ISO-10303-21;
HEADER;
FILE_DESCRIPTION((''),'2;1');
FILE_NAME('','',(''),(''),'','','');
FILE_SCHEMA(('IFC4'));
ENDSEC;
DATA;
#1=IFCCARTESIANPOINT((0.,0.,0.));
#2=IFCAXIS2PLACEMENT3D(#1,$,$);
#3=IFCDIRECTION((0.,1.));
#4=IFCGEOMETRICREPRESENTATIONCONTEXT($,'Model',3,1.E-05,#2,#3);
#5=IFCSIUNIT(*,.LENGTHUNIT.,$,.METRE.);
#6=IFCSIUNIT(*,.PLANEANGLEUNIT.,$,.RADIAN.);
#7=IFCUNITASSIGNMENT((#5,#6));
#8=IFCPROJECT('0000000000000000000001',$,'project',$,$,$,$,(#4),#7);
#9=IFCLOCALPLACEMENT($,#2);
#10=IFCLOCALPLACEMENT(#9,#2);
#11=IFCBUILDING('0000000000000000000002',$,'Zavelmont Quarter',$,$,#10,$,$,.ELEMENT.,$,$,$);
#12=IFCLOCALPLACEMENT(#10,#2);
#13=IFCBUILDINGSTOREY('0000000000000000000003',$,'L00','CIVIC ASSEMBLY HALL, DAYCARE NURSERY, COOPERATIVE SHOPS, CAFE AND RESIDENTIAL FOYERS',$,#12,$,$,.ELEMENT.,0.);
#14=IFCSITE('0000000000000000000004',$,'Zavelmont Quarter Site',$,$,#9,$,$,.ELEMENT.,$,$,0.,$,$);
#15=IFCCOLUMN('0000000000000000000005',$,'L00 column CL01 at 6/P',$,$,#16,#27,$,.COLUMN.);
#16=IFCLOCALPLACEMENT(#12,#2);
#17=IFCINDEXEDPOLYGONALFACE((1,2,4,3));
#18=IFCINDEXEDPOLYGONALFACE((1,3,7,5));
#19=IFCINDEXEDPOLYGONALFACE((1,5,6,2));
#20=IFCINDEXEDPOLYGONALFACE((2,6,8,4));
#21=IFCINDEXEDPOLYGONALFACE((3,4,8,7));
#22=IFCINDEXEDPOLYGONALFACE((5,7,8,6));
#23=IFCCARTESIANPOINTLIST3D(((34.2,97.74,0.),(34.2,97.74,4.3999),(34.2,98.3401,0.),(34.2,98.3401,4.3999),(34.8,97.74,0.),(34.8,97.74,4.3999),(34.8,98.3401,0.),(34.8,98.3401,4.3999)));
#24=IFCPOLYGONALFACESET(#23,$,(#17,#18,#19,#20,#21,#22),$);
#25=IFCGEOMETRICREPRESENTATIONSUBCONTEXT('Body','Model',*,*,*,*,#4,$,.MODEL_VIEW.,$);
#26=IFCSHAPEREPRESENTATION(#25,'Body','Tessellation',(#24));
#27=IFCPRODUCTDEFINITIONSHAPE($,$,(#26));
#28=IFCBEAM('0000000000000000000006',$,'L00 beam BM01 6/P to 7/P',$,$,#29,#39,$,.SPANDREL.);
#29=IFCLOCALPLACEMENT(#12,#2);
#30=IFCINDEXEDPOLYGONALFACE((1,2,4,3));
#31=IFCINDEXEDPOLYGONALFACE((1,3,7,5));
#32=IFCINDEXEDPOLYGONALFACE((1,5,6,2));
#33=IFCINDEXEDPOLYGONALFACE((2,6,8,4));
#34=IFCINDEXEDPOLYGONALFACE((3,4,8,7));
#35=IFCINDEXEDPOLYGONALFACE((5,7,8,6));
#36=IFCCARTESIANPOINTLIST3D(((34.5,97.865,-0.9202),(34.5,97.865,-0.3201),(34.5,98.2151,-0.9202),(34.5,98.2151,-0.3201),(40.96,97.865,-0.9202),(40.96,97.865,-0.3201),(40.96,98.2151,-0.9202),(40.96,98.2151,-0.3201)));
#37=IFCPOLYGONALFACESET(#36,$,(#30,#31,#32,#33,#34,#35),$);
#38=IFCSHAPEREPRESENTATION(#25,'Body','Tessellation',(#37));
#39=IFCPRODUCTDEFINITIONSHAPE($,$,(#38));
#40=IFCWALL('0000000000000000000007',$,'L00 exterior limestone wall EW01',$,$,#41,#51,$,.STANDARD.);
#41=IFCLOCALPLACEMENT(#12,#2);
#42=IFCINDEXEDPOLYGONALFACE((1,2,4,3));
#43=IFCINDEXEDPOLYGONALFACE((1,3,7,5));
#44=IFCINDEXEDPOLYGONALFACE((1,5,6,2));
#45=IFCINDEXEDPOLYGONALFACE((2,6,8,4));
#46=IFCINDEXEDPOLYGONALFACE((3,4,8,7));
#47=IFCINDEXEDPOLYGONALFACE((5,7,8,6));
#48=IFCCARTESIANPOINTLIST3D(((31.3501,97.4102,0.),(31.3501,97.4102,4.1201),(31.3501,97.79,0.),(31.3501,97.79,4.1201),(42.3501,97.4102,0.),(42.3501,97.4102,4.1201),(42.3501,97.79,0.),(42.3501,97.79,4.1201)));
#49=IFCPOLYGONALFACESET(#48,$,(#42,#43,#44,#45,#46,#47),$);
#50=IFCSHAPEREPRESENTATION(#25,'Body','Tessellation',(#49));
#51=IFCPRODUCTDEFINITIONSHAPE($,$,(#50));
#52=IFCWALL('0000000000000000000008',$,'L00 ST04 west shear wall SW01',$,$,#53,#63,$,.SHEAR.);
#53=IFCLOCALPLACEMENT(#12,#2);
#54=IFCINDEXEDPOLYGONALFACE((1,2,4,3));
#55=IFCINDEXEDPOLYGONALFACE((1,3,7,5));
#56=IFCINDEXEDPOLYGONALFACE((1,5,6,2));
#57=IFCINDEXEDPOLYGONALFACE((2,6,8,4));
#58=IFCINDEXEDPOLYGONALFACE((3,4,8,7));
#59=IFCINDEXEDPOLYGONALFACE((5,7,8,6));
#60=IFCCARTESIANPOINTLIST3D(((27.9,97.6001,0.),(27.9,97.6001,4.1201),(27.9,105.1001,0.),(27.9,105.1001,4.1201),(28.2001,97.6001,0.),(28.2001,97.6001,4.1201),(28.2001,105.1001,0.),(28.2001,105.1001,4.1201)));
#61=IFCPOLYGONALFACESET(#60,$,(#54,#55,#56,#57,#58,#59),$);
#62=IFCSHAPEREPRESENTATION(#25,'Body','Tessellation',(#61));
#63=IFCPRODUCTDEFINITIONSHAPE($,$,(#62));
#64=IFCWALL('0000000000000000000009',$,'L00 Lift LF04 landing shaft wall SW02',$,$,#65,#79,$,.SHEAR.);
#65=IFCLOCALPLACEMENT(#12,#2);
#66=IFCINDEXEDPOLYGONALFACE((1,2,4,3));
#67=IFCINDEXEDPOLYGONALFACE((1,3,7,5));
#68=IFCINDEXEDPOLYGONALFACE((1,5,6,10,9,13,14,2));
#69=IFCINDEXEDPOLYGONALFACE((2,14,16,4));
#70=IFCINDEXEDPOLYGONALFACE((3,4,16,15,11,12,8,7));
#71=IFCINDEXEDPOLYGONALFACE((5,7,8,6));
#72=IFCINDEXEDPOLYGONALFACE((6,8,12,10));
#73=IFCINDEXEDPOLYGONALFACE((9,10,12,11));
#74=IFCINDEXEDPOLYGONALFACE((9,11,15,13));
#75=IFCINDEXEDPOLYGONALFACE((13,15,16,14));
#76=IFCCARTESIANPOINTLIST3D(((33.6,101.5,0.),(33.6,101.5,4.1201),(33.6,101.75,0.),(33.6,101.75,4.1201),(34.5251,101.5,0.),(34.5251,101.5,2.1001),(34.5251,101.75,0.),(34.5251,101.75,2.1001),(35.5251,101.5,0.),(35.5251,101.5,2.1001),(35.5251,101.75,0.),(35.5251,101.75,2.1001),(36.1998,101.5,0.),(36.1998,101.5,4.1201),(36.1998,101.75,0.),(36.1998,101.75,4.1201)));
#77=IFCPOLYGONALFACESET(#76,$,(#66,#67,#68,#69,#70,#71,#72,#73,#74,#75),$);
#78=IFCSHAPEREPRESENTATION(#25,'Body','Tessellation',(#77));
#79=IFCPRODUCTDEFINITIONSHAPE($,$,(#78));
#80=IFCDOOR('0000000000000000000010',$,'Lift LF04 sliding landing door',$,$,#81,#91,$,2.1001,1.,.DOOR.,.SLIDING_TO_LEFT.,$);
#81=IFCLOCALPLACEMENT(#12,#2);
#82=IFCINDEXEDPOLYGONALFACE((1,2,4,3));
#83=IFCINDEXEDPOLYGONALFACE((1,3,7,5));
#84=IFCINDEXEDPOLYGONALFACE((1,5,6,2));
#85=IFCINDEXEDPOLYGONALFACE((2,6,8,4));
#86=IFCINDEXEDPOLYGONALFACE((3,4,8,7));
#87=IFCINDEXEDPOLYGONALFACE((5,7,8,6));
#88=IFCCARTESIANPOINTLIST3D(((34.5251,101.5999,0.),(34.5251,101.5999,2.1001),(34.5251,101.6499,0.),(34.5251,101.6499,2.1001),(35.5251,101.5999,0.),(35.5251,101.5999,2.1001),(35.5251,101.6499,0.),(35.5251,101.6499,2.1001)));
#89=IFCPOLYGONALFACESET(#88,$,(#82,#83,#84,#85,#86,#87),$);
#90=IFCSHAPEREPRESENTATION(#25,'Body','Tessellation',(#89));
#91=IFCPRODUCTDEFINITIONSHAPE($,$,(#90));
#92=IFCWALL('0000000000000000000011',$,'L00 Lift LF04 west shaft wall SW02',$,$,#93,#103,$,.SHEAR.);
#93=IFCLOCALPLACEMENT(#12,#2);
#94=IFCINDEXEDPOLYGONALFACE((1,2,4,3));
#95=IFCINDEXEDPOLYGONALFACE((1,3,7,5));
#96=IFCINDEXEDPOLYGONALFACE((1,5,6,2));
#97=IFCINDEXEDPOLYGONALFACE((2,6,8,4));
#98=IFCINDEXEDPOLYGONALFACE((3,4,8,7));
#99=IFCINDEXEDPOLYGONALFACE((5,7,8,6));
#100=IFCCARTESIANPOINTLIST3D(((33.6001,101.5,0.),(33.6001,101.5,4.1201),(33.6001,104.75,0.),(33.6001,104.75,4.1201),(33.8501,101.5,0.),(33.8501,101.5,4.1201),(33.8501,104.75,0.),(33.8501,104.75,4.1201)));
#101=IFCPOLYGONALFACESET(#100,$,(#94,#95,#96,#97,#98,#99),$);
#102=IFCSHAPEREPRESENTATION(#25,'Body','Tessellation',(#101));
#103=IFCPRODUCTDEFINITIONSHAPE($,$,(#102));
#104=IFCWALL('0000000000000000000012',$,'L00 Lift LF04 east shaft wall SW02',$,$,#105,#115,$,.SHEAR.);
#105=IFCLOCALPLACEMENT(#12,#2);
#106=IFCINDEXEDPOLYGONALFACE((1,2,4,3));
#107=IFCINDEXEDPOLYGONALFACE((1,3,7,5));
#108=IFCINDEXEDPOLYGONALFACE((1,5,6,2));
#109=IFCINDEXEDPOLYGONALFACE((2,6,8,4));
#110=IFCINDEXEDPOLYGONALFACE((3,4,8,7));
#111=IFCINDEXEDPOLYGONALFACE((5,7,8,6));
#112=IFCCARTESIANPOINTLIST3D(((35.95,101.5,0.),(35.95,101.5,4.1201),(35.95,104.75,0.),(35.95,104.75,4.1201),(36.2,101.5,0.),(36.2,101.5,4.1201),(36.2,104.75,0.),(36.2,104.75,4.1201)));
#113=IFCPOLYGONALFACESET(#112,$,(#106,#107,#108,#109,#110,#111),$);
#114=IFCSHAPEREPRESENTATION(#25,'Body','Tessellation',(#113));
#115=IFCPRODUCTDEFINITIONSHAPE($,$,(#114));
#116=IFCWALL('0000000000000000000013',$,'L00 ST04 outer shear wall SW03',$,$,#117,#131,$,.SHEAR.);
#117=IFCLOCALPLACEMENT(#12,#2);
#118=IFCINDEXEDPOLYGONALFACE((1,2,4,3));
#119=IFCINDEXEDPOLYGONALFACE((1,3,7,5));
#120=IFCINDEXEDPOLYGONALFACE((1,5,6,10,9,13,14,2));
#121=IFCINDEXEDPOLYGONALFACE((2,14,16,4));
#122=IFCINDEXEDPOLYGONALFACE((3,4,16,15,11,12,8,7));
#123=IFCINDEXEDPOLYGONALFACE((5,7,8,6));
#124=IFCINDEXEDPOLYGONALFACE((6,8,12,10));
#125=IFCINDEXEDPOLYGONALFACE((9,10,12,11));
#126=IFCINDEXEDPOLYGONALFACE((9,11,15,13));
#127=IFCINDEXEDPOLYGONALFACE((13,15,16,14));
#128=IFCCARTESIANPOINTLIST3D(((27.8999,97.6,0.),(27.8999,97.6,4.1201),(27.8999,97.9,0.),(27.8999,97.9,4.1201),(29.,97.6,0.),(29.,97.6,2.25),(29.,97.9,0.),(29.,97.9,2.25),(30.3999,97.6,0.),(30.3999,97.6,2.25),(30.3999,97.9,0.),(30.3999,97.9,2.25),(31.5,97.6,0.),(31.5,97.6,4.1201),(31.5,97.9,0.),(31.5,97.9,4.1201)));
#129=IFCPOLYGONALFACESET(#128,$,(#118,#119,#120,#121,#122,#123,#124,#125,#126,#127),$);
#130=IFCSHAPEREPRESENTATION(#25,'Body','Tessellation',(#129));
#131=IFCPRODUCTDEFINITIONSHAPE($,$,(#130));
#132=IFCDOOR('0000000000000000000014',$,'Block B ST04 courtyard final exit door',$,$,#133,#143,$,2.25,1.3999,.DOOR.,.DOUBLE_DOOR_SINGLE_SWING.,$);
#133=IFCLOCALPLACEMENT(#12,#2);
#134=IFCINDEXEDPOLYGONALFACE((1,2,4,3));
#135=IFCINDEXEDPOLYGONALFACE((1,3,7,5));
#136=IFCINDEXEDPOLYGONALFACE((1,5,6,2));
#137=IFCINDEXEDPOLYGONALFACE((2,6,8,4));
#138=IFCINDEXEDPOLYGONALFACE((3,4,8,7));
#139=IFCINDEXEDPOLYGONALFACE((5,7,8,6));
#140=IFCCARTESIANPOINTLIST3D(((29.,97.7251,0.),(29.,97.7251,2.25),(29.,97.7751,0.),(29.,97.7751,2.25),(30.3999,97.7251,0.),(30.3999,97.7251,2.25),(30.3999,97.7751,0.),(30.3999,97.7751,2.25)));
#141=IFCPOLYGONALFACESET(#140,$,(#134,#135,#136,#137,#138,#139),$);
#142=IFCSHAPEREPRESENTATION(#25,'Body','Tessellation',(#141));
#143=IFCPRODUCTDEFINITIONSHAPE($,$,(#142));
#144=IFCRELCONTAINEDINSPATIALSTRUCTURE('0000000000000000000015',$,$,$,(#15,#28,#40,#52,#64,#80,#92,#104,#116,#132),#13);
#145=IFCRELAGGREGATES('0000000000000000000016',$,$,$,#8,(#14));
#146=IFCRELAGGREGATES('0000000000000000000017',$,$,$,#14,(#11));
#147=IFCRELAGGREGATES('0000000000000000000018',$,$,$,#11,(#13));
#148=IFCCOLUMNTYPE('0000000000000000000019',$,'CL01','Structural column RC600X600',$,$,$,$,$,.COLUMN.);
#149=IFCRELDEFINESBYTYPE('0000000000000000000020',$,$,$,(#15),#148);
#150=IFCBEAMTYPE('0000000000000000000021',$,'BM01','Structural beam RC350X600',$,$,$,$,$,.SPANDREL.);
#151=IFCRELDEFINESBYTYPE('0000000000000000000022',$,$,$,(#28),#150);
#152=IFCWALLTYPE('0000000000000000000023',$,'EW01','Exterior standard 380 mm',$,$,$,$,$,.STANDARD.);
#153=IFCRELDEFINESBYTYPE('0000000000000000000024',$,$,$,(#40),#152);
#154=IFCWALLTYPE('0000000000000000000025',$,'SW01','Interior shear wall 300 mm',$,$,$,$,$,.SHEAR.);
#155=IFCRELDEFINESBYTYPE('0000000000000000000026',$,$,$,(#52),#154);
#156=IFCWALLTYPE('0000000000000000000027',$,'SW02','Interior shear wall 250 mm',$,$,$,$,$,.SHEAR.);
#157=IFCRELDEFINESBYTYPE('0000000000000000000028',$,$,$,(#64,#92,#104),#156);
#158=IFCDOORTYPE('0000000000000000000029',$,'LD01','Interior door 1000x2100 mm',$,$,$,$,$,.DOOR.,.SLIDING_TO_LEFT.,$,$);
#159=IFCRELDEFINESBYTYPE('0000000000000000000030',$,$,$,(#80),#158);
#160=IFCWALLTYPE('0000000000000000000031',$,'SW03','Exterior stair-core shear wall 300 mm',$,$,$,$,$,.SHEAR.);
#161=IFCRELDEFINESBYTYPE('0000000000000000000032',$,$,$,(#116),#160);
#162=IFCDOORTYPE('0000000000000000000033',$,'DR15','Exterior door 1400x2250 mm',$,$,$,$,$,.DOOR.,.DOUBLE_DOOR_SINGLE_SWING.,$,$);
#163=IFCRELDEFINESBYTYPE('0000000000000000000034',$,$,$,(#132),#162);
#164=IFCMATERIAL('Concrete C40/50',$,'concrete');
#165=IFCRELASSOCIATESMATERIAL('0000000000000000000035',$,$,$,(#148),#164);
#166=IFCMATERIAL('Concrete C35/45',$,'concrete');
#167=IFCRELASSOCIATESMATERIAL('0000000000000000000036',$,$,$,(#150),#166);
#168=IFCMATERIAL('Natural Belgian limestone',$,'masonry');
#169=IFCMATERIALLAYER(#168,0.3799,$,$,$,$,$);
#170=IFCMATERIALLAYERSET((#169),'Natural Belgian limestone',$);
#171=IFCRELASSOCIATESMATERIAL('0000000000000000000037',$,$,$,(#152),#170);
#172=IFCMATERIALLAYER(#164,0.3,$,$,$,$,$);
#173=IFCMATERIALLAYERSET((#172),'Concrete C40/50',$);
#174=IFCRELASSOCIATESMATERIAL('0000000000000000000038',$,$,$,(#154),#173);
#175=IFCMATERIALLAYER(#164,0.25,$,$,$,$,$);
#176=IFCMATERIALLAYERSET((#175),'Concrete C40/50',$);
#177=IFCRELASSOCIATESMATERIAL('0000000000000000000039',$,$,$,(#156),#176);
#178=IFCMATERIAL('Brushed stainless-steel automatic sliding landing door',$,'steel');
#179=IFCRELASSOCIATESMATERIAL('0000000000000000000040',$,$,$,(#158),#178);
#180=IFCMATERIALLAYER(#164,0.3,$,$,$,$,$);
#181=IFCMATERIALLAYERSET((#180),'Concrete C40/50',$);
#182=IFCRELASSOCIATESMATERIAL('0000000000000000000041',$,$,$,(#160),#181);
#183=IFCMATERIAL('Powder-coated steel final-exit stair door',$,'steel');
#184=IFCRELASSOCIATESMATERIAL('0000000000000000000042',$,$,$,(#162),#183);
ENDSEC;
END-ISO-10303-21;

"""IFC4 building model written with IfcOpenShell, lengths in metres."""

from ifc_helpers import new_model, si_unit, direction, frame, frame_2d, origin, origin_with_axes, origin_2d, place, context, subcontext, project, spatial, rectangle, extrude, material, layer, layer_set, material_profile, profile_set, type_object, element, fill, save


model = new_model("IFC4")

# Units and contexts
model_context = context("Model", 3, precision=1e-05, world=origin(), true_north=direction((0.0, 1.0)))
body_context = subcontext(model_context, "Body", "Model", "MODEL_VIEW")
ifc_project = project(units=[si_unit("LENGTHUNIT", "METRE"), si_unit("PLANEANGLEUNIT", "RADIAN")], contexts=[model_context])

# Site, building, storey
site_placement = place(None, origin())
site = spatial("IfcSite", under=ifc_project, at=site_placement, Name="Zavelmont Quarter Site", CompositionType="ELEMENT", RefElevation=0.0)
building_placement = place(site_placement, origin())
building = spatial("IfcBuilding", under=site, at=building_placement, Name="Zavelmont Quarter", CompositionType="ELEMENT")
storey_placement = place(building_placement, origin())
storey = spatial("IfcBuildingStorey", under=building, at=storey_placement, Name="L00", Description="CIVIC ASSEMBLY HALL, DAYCARE NURSERY, COOPERATIVE SHOPS, CAFE AND RESIDENTIAL FOYERS", CompositionType="ELEMENT", Elevation=0.0)

# Column
ifc_material_1 = material(Name="Concrete C40/50", Category="concrete")
ifc_material_profile_1 = material_profile(ifc_material_1, rectangle(XDim=0.6001, YDim=0.6001, at=origin_2d()), Name="RC600X600")
ifc_profile_set_1 = profile_set([ifc_material_profile_1], Name="Concrete C40/50")
column_type = type_object("IfcColumnType", Name="CL01", Description="Structural column RC600X600", PredefinedType="COLUMN", material=ifc_profile_set_1)
column_placement = place(storey_placement, frame((34.5, 98.04, 0.0), z_axis=(0.0, 0.0, 1.0), x_axis=(1.0, 0.0, 0.0)))
element("IfcColumn", 1, at=column_placement, inside=storey, type_object=column_type, Name="L00 column CL01 at 6/P", PredefinedType="COLUMN", context=body_context, shape_type="SweptSolid", body=[
    extrude(rectangle(XDim=0.6001, YDim=0.6001, at=origin_2d()), origin(), (0.0, 0.0, 1.0), 4.3999),
])

# Beam
ifc_material_2 = material(Name="Concrete C35/45", Category="concrete")
ifc_material_profile_2 = material_profile(ifc_material_2, rectangle(XDim=0.3501, YDim=0.6001, at=origin_2d()), Name="RC350X600")
ifc_profile_set_2 = profile_set([ifc_material_profile_2], Name="Concrete C35/45")
beam_type = type_object("IfcBeamType", Name="BM01", Description="Structural beam RC350X600", PredefinedType="SPANDREL", material=ifc_profile_set_2)
beam_placement = place(storey_placement, frame((34.5, 98.04, -0.6201), z_axis=(1.0, 0.0, 0.0), x_axis=(0.0, 1.0, 0.0)))
element("IfcBeam", 2, at=beam_placement, inside=storey, type_object=beam_type, Name="L00 beam BM01 6/P to 7/P", PredefinedType="SPANDREL", context=body_context, shape_type="SweptSolid", body=[
    extrude(rectangle(XDim=0.3501, YDim=0.6001, at=origin_2d()), origin(), (0.0, 0.0, 1.0), 6.46),
])

# Wall
ifc_material_3 = material(Name="Natural Belgian limestone", Category="masonry")
ifc_layer_1 = layer(ifc_material_3, 0.3799)
ifc_layer_set_1 = layer_set([ifc_layer_1], Name="Natural Belgian limestone")
wall_type_1 = type_object("IfcWallType", Name="EW01", Description="Exterior standard 380 mm", PredefinedType="STANDARD", material=ifc_layer_set_1)
wall_1_placement = place(storey_placement, frame((31.3501, 97.6001, 0.0), z_axis=(0.0, 0.0, 1.0), x_axis=(1.0, 0.0, 0.0)))
element("IfcWall", 3, at=wall_1_placement, inside=storey, type_object=wall_type_1, Name="L00 exterior limestone wall EW01", PredefinedType="STANDARD", context=body_context, shape_type="SweptSolid", body=[
    extrude(rectangle(XDim=11.0, YDim=0.3799, at=frame_2d((5.5, 0.0))), origin(), (0.0, 0.0, 1.0), 4.1201),
])

# Wall
ifc_layer_2 = layer(ifc_material_1, 0.3)
ifc_layer_set_2 = layer_set([ifc_layer_2], Name="Concrete C40/50")
wall_type_2 = type_object("IfcWallType", Name="SW01", Description="Interior shear wall 300 mm", PredefinedType="SHEAR", material=ifc_layer_set_2)
wall_2_placement = place(storey_placement, frame((28.05, 97.6001, 0.0), z_axis=(0.0, 0.0, 1.0), x_axis=(0.0, 1.0, 0.0)))
element("IfcWall", 4, at=wall_2_placement, inside=storey, type_object=wall_type_2, Name="L00 ST04 west shear wall SW01", PredefinedType="SHEAR", context=body_context, shape_type="SweptSolid", body=[
    extrude(rectangle(XDim=7.5, YDim=0.3, at=frame_2d((3.75, 0.0))), origin(), (0.0, 0.0, 1.0), 4.1201),
])

# Wall, opening, door
ifc_layer_3 = layer(ifc_material_1, 0.25)
ifc_layer_set_3 = layer_set([ifc_layer_3], Name="Concrete C40/50")
wall_type_3 = type_object("IfcWallType", Name="SW02", Description="Interior shear wall 250 mm", PredefinedType="SHEAR", material=ifc_layer_set_3)
wall_3_placement = place(storey_placement, frame((33.6001, 101.625, 0.0), z_axis=(0.0, 0.0, 1.0), x_axis=(1.0, 0.0, 0.0)))
wall_3 = element("IfcWall", 5, at=wall_3_placement, inside=storey, type_object=wall_type_3, Name="L00 Lift LF04 landing shaft wall SW02", PredefinedType="SHEAR", context=body_context, shape_type="SweptSolid", body=[
    extrude(rectangle(XDim=2.5999, YDim=0.25, at=frame_2d((1.2998, 0.0))), origin(), (0.0, 0.0, 1.0), 4.1201),
])
opening_1_placement = place(wall_3_placement, frame((0.925, 0.0, 0.0)))
opening_1 = element("IfcOpeningElement", 6, at=opening_1_placement, cuts=wall_3, PredefinedType="OPENING", context=body_context, shape_type="SweptSolid", body=[
    extrude(rectangle(XDim=1.0, YDim=2.1001, at=frame_2d((0.5, 1.05))), frame((0.0, 0.137, 0.0), z_axis=(0.0, -1.0, 0.0), x_axis=(1.0, 0.0, 0.0)), (0.0, 0.0, 1.0), 0.2739),
])
ifc_material_4 = material(Name="Brushed stainless-steel automatic sliding landing door", Category="steel")
door_type_1 = type_object("IfcDoorType", Name="LD01", Description="Interior door 1000x2100 mm", OperationType="SLIDING_TO_LEFT", PredefinedType="DOOR", material=ifc_material_4)
door_1_placement = place(opening_1_placement, origin_with_axes())
door_1 = element("IfcDoor", 7, at=door_1_placement, inside=storey, type_object=door_type_1, Name="Lift LF04 sliding landing door", OperationType="SLIDING_TO_LEFT", OverallHeight=2.1001, OverallWidth=1.0, PredefinedType="DOOR", context=body_context, shape_type="SweptSolid", body=[
    extrude(rectangle(XDim=1.0, YDim=2.1001, at=frame_2d((0.5, 1.05))), frame((0.0, 0.0249, 0.0), z_axis=(0.0, -1.0, 0.0), x_axis=(1.0, 0.0, 0.0)), (0.0, 0.0, 1.0), 0.05),
])
fill(opening_1, door_1)

# Walls
for number, where, z_axis, x_axis, name in (
    (8, (33.7251, 101.5, 0.0), (0.0, 0.0, 1.0), (0.0, 1.0, 0.0), "L00 Lift LF04 west shaft wall SW02"),
    (9, (36.075, 101.5, 0.0), (0.0, 0.0, 1.0), (0.0, 1.0, 0.0), "L00 Lift LF04 east shaft wall SW02"),
):
    element("IfcWall", number, at=place(storey_placement, frame(where, z_axis=z_axis, x_axis=x_axis)), inside=storey, type_object=wall_type_3, Name=name, PredefinedType="SHEAR", context=body_context, shape_type="SweptSolid", body=[
        extrude(rectangle(XDim=3.25, YDim=0.25, at=frame_2d((1.625, 0.0))), origin(), (0.0, 0.0, 1.0), 4.1201),
    ])

# Wall, opening, door
ifc_layer_4 = layer(ifc_material_1, 0.3)
ifc_layer_set_4 = layer_set([ifc_layer_4], Name="Concrete C40/50")
wall_type_4 = type_object("IfcWallType", Name="SW03", Description="Exterior stair-core shear wall 300 mm", PredefinedType="SHEAR", material=ifc_layer_set_4)
wall_4_placement = place(storey_placement, frame((27.8999, 97.75, 0.0), z_axis=(0.0, 0.0, 1.0), x_axis=(1.0, 0.0, 0.0)))
wall_4 = element("IfcWall", 10, at=wall_4_placement, inside=storey, type_object=wall_type_4, Name="L00 ST04 outer shear wall SW03", PredefinedType="SHEAR", context=body_context, shape_type="SweptSolid", body=[
    extrude(rectangle(XDim=3.6001, YDim=0.3, at=frame_2d((1.8, 0.0))), origin(), (0.0, 0.0, 1.0), 4.1201),
])
opening_2_placement = place(wall_4_placement, frame((1.1001, 0.0, 0.0)))
opening_2 = element("IfcOpeningElement", 11, at=opening_2_placement, cuts=wall_4, PredefinedType="OPENING", context=body_context, shape_type="SweptSolid", body=[
    extrude(rectangle(XDim=1.3999, YDim=2.25, at=frame_2d((0.7, 1.125))), frame((0.0, 0.1621, 0.0), z_axis=(0.0, -1.0, 0.0), x_axis=(1.0, 0.0, 0.0)), (0.0, 0.0, 1.0), 0.324),
])
ifc_material_5 = material(Name="Powder-coated steel final-exit stair door", Category="steel")
door_type_2 = type_object("IfcDoorType", Name="DR15", Description="Exterior door 1400x2250 mm", OperationType="DOUBLE_DOOR_SINGLE_SWING", PredefinedType="DOOR", material=ifc_material_5)
door_2_placement = place(opening_2_placement, frame((1.3999, 0.0, 0.0), z_axis=(0.0, 0.0, 1.0), x_axis=(-1.0, 0.0, 0.0)))
door_2 = element("IfcDoor", 12, at=door_2_placement, inside=storey, type_object=door_type_2, Name="Block B ST04 courtyard final exit door", OperationType="DOUBLE_DOOR_SINGLE_SWING", OverallHeight=2.25, OverallWidth=1.3999, PredefinedType="DOOR", context=body_context, shape_type="SweptSolid", body=[
    extrude(rectangle(XDim=1.3999, YDim=2.25, at=frame_2d((0.7, 1.125))), frame((0.0, 0.0249, 0.0), z_axis=(0.0, -1.0, 0.0), x_axis=(1.0, 0.0, 0.0)), (0.0, 0.0, 1.0), 0.05),
])
fill(opening_2, door_2)

save(model, "model.ifc")
